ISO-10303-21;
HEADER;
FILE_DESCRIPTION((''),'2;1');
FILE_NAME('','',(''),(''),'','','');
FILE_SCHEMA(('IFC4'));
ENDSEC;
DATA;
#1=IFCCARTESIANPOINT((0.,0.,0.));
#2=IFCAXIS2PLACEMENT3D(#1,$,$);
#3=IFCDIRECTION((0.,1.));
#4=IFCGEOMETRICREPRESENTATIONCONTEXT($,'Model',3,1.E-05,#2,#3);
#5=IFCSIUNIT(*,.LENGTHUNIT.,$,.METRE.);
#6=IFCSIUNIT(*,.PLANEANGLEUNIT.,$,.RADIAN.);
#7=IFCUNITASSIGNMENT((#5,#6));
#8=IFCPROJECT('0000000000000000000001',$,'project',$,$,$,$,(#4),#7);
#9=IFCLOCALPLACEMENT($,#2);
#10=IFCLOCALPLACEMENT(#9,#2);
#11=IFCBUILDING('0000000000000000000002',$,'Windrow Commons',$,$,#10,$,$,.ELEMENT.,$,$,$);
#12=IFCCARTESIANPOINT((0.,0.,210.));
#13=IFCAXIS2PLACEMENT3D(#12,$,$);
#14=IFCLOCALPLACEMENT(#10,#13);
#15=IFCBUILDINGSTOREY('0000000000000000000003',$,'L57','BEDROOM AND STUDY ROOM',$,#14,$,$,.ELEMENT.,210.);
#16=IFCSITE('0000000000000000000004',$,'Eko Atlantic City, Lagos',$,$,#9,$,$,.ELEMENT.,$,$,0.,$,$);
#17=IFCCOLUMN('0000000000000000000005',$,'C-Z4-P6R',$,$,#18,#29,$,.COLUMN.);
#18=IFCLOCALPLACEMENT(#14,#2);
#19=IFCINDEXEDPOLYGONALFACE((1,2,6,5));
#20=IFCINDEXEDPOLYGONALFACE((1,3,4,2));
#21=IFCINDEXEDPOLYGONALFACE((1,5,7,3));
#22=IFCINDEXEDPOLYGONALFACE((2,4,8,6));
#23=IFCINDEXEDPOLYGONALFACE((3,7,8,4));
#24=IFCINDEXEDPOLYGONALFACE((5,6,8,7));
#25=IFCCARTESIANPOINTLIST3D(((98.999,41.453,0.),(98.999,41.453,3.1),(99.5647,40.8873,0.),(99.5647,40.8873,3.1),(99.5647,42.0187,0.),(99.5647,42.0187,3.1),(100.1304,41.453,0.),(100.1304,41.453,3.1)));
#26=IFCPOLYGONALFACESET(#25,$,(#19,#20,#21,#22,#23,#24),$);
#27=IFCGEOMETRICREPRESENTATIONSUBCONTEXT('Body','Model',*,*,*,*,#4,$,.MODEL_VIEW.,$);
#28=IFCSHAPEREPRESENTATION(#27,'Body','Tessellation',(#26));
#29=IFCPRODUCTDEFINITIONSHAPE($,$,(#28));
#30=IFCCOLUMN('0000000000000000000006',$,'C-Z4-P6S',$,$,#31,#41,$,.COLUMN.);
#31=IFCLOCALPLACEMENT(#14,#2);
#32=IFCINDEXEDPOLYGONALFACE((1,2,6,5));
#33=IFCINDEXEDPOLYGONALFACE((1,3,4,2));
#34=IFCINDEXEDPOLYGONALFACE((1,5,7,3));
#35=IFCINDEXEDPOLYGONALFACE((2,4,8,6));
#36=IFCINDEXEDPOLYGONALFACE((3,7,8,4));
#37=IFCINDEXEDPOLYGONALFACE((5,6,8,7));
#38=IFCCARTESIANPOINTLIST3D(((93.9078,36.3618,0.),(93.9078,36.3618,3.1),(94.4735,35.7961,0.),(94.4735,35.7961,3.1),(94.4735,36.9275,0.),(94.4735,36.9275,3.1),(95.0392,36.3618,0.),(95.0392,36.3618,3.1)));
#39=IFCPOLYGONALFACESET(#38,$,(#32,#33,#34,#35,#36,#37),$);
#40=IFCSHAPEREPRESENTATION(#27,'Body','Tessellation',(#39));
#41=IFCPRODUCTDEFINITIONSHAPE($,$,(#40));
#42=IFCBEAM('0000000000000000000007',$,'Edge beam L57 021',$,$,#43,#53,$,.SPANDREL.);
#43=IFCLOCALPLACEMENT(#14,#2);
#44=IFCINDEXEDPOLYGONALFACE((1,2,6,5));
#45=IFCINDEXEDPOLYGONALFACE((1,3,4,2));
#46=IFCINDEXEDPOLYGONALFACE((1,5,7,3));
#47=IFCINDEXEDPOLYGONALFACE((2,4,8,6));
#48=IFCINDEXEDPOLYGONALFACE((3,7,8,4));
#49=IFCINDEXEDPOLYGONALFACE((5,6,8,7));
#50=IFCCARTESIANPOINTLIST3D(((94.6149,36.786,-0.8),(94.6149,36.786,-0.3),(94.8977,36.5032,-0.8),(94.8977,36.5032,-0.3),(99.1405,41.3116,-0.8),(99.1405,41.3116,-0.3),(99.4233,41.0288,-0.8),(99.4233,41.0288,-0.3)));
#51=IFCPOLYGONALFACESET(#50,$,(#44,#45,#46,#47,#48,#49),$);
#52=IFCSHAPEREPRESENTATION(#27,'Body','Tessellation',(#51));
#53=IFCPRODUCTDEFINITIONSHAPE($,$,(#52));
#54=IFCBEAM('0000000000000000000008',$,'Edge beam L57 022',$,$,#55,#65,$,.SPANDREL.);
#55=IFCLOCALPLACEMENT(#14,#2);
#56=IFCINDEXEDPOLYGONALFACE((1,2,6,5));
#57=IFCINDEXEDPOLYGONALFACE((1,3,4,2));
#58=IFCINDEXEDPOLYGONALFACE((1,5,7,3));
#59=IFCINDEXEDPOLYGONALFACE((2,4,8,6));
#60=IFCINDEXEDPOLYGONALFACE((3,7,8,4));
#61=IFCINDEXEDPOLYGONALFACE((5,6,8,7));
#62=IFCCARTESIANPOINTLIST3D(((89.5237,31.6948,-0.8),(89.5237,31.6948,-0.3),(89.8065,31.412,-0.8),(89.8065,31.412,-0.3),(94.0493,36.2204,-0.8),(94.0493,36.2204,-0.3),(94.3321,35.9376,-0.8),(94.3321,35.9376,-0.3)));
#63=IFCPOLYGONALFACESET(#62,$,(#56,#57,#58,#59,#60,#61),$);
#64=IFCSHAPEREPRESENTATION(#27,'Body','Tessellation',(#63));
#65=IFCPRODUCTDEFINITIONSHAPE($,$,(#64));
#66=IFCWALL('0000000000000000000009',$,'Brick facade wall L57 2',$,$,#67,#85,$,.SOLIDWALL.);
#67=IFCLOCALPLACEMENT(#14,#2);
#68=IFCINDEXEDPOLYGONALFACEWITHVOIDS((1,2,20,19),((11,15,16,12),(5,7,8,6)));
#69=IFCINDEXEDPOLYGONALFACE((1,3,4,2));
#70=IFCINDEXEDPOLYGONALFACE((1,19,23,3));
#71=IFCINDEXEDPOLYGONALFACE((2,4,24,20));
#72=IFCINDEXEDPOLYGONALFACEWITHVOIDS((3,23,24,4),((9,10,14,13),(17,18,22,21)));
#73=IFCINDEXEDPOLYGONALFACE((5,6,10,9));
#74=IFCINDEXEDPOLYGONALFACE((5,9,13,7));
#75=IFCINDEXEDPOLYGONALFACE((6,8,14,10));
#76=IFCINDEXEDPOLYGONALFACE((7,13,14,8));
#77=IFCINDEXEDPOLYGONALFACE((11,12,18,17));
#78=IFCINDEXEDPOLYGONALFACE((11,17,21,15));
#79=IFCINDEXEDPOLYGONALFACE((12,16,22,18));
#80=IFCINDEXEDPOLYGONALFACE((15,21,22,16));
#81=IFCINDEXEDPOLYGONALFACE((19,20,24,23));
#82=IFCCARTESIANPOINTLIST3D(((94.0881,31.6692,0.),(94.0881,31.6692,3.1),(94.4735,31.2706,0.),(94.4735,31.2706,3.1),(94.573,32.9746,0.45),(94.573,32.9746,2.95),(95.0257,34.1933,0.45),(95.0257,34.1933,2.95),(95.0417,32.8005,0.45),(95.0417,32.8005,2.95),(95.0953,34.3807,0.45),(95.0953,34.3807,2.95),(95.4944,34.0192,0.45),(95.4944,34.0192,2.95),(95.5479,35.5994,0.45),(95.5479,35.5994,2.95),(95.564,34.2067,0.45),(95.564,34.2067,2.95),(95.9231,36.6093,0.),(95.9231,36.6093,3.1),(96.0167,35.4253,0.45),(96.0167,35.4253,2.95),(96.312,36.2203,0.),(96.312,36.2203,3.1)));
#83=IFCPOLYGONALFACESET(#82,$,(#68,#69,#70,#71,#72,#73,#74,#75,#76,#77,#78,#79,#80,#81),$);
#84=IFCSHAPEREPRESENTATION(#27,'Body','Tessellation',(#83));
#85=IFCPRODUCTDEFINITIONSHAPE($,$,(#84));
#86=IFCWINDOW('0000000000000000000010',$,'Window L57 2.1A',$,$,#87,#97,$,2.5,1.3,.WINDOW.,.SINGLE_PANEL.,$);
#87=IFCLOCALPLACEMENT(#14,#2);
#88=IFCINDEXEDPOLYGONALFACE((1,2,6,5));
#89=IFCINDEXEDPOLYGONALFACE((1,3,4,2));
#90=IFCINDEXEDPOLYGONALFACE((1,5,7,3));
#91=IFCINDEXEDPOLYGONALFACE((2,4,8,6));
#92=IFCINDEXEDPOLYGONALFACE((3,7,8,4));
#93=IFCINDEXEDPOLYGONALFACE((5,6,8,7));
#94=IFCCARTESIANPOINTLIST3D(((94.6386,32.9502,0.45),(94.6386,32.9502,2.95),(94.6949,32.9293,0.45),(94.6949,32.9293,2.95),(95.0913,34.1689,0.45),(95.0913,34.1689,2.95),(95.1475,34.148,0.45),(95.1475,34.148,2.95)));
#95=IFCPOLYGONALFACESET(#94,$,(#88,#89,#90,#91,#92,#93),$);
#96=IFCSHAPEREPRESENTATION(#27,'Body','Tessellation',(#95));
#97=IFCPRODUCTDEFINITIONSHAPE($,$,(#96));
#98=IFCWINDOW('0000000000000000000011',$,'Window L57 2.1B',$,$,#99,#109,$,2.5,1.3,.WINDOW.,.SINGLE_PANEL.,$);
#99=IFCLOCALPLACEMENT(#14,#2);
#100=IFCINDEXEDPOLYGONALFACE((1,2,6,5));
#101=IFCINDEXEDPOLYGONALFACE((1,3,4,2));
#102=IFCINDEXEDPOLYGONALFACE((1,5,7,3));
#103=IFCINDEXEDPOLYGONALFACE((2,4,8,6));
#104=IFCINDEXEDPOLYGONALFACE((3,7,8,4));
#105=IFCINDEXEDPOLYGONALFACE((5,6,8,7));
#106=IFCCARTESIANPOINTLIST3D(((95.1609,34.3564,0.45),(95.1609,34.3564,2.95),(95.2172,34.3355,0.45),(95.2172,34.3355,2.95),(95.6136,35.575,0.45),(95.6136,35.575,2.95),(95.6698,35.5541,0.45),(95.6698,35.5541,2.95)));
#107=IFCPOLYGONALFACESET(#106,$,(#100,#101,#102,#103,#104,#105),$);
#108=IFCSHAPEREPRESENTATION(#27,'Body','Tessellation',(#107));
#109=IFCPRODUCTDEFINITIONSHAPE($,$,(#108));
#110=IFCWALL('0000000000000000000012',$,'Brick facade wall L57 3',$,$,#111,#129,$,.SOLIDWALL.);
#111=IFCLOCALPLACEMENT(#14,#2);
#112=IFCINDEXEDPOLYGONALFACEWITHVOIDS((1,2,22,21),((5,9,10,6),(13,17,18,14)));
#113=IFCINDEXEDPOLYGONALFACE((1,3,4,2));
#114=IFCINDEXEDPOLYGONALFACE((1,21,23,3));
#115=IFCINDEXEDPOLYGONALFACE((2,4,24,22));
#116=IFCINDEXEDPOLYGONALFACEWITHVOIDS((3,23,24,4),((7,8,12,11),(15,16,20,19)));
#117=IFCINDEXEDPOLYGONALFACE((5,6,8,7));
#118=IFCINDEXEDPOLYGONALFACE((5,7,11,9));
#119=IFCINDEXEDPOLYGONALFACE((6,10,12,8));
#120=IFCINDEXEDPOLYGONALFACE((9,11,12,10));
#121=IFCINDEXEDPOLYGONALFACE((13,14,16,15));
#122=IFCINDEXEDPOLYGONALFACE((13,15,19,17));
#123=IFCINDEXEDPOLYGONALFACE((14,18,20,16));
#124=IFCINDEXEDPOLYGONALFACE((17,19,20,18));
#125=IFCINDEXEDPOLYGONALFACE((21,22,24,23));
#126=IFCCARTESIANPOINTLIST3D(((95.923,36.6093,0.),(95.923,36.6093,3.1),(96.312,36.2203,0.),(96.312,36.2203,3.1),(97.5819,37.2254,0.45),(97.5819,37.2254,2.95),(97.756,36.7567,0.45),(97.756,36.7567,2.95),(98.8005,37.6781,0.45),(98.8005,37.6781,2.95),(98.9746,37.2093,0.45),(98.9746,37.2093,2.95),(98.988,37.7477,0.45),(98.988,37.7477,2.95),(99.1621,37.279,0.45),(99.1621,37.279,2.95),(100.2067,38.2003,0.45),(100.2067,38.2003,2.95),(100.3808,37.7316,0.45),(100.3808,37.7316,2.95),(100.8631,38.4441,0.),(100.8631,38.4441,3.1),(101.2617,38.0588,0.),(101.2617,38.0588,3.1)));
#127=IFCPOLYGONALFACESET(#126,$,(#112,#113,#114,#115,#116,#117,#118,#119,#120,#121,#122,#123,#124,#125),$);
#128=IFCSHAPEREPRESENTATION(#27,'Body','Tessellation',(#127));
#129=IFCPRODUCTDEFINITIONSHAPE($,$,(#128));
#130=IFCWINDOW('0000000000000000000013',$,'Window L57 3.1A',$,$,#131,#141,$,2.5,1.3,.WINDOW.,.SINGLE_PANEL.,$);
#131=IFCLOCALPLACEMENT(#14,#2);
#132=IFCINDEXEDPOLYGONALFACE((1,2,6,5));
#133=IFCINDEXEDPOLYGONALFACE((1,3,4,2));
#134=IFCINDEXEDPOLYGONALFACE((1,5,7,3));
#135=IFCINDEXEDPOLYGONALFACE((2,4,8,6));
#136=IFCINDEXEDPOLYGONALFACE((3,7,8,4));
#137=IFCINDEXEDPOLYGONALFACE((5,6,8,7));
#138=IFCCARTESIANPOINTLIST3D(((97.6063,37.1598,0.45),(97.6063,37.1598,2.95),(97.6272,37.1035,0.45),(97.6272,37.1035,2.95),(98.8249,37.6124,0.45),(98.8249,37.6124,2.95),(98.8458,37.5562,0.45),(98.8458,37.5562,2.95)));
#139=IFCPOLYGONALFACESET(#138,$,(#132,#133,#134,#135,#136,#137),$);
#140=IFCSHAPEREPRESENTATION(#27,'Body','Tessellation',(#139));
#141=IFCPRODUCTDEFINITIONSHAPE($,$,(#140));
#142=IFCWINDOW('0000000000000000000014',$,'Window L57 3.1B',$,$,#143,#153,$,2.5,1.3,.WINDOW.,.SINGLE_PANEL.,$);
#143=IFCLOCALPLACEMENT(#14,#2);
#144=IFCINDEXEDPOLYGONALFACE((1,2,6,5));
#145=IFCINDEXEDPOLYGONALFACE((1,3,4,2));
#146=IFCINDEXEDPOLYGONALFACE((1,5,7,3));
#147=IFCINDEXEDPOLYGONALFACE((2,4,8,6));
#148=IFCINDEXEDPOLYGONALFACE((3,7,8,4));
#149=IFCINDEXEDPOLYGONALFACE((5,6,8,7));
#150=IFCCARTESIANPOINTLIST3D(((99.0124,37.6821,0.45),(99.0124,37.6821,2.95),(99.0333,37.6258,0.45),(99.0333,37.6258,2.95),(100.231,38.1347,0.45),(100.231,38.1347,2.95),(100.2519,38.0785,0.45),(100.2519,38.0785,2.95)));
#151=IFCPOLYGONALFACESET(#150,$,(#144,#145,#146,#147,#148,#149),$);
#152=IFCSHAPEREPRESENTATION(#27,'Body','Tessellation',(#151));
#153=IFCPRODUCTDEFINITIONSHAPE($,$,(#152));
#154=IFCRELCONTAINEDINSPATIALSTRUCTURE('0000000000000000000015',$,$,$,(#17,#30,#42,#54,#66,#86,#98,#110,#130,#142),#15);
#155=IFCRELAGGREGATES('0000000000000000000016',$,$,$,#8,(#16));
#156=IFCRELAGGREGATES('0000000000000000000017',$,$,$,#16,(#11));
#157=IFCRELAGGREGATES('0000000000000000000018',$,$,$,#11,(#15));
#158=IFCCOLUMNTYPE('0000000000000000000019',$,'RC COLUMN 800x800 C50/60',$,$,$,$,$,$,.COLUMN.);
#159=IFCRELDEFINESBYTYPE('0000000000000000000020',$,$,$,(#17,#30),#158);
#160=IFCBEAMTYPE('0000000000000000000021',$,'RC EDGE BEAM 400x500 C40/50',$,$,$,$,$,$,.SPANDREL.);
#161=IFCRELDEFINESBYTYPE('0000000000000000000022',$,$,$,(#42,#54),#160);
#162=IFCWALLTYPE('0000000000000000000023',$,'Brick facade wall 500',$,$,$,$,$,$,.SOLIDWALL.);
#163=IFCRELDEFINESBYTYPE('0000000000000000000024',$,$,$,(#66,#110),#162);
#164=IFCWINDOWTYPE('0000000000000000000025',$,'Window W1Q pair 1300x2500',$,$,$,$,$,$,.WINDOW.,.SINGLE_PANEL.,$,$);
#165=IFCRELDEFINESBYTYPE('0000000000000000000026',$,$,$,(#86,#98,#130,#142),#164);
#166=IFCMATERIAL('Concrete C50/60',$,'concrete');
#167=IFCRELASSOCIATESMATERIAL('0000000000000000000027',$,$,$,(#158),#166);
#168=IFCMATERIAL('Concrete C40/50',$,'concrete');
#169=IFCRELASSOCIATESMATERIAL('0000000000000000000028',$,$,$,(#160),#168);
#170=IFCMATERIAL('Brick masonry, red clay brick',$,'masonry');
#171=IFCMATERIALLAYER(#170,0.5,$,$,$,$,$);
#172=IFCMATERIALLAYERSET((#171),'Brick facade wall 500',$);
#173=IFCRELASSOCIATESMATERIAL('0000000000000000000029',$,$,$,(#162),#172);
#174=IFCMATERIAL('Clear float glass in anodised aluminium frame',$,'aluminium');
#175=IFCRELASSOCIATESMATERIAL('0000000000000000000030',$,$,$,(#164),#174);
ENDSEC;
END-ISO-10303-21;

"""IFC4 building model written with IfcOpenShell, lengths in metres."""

from ifc_helpers import new_model, si_unit, direction, frame, frame_2d, origin, origin_2d, place, context, subcontext, project, spatial, polyline, rectangle, outline, extrude, material, layer, layer_set, material_profile, profile_set, type_object, element, fill, save


model = new_model("IFC4")

# Units and contexts
model_context = context("Model", 3, precision=1e-05, world=origin(), true_north=direction((0.0, 1.0)))
body_context = subcontext(model_context, "Body", "Model", "MODEL_VIEW")
ifc_project = project(units=[si_unit("LENGTHUNIT", "METRE"), si_unit("PLANEANGLEUNIT", "RADIAN")], contexts=[model_context])

# Site, building, storey
site_placement = place(None, origin())
site = spatial("IfcSite", under=ifc_project, at=site_placement, Name="Eko Atlantic City, Lagos", CompositionType="ELEMENT", RefElevation=0.0)
building_placement = place(site_placement, origin())
building = spatial("IfcBuilding", under=site, at=building_placement, Name="Windrow Commons", CompositionType="ELEMENT")
storey_placement = place(building_placement, frame((0.0, 0.0, 210.0)))
storey = spatial("IfcBuildingStorey", under=building, at=storey_placement, Name="L57", Description="BEDROOM AND STUDY ROOM", CompositionType="ELEMENT", Elevation=210.0)

# Columns
ifc_material_1 = material(Name="Concrete C50/60", Category="concrete")
ifc_material_profile_1 = material_profile(ifc_material_1, rectangle(XDim=0.8, YDim=0.8, at=origin_2d()))
ifc_profile_set_1 = profile_set([ifc_material_profile_1], Name="Concrete C50/60")
column_type = type_object("IfcColumnType", Name="RC COLUMN 800x800 C50/60", PredefinedType="COLUMN", material=ifc_profile_set_1)
for number, where, z_axis, x_axis, name in (
    (1, (99.5647, 41.453, 0.0), (0.0, 0.0, 1.0), (0.707107, -0.707107, 0.0), "C-Z4-P6R"),
    (2, (94.4735, 36.3618, 0.0), (0.0, 0.0, 1.0), (0.707107, -0.707107, 0.0), "C-Z4-P6S"),
):
    element("IfcColumn", number, at=place(storey_placement, frame(where, z_axis=z_axis, x_axis=x_axis)), inside=storey, type_object=column_type, Name=name, PredefinedType="COLUMN", context=body_context, shape_type="SweptSolid", body=[
        extrude(rectangle(XDim=0.8, YDim=0.8, at=origin_2d()), origin(), (0.0, 0.0, 1.0), 3.1),
    ])

# Beams
ifc_material_2 = material(Name="Concrete C40/50", Category="concrete")
ifc_material_profile_2 = material_profile(ifc_material_2, rectangle(XDim=0.4, YDim=0.5, at=origin_2d()))
ifc_profile_set_2 = profile_set([ifc_material_profile_2], Name="Concrete C40/50")
beam_type = type_object("IfcBeamType", Name="RC EDGE BEAM 400x500 C40/50", PredefinedType="SPANDREL", material=ifc_profile_set_2)
for number, where, z_axis, x_axis, name in (
    (3, (99.2819, 41.1702, -0.55), (-0.707107, -0.707107, 0.0), (0.707107, -0.707107, 0.0), "Edge beam L57 021"),
    (4, (94.1907, 36.079, -0.55), (-0.707107, -0.707107, 0.0), (0.707107, -0.707107, 0.0), "Edge beam L57 022"),
):
    element("IfcBeam", number, at=place(storey_placement, frame(where, z_axis=z_axis, x_axis=x_axis)), inside=storey, type_object=beam_type, Name=name, PredefinedType="SPANDREL", context=body_context, shape_type="SweptSolid", body=[
        extrude(rectangle(XDim=0.4, YDim=0.5, at=origin_2d()), origin(), (0.0, 0.0, 1.0), 6.4002),
    ])

# Walls, openings, windows
ifc_material_3 = material(Name="Brick masonry, red clay brick", Category="masonry")
ifc_layer_1 = layer(ifc_material_3, 0.5)
ifc_layer_set_1 = layer_set([ifc_layer_1], Name="Brick facade wall 500")
wall_type_1 = type_object("IfcWallType", Name="Brick facade wall 500", PredefinedType="SOLIDWALL", material=ifc_layer_set_1)
wall_1_placement = place(storey_placement, frame((94.2808, 31.4699, 0.0), z_axis=(0.0, 0.0, 1.0), x_axis=(0.34819, 0.937424, 0.0)))
wall_1 = element("IfcWall", 5, at=wall_1_placement, inside=storey, type_object=wall_type_1, Name="Brick facade wall L57 2", PredefinedType="SOLIDWALL", context=body_context, shape_type="SweptSolid", body=[
    extrude(outline(polyline([(-0.1197, -0.25), (5.1604, -0.25), (5.3896, 0.25), (0.1197, 0.25), (-0.1197, -0.25)])), origin(), (0.0, 0.0, 1.0), 3.1),
])
opening_1_placement = place(wall_1_placement, frame((1.5123, 0.0, 0.45)))
opening_1 = element("IfcOpeningElement", 6, at=opening_1_placement, cuts=wall_1, PredefinedType="OPENING", context=body_context, shape_type="SweptSolid", body=[
    extrude(rectangle(XDim=1.3, YDim=2.5, at=frame_2d((0.65, 1.25))), frame((0.0, 0.26, 0.0), z_axis=(0.0, -1.0, 0.0), x_axis=(1.0, 0.0, 0.0)), (0.0, 0.0, 1.0), 0.52),
])
opening_2_placement = place(wall_1_placement, frame((3.0123, 0.0, 0.45)))
opening_2 = element("IfcOpeningElement", 7, at=opening_2_placement, cuts=wall_1, PredefinedType="OPENING", context=body_context, shape_type="SweptSolid", body=[
    extrude(rectangle(XDim=1.3, YDim=2.5, at=frame_2d((0.65, 1.25))), frame((0.0, 0.26, 0.0), z_axis=(0.0, -1.0, 0.0), x_axis=(1.0, 0.0, 0.0)), (0.0, 0.0, 1.0), 0.52),
])
ifc_material_4 = material(Name="Clear float glass in anodised aluminium frame", Category="aluminium")
window_type = type_object("IfcWindowType", Name="Window W1Q pair 1300x2500", PartitioningType="SINGLE_PANEL", PredefinedType="WINDOW", material=ifc_material_4)
window_1_placement = place(opening_1_placement, origin())
window_1 = element("IfcWindow", 8, at=window_1_placement, inside=storey, type_object=window_type, Name="Window L57 2.1A", OverallHeight=2.5, OverallWidth=1.3, PartitioningType="SINGLE_PANEL", PredefinedType="WINDOW", context=body_context, shape_type="SweptSolid", body=[
    extrude(rectangle(XDim=1.3, YDim=2.5, at=frame_2d((0.65, 1.25))), frame((0.0, 0.18, 0.0), z_axis=(0.0, -1.0, 0.0), x_axis=(1.0, 0.0, 0.0)), (0.0, 0.0, 1.0), 0.06),
])
fill(opening_1, window_1)
window_2_placement = place(opening_2_placement, origin())
window_2 = element("IfcWindow", 9, at=window_2_placement, inside=storey, type_object=window_type, Name="Window L57 2.1B", OverallHeight=2.5, OverallWidth=1.3, PartitioningType="SINGLE_PANEL", PredefinedType="WINDOW", context=body_context, shape_type="SweptSolid", body=[
    extrude(rectangle(XDim=1.3, YDim=2.5, at=frame_2d((0.65, 1.25))), frame((0.0, 0.18, 0.0), z_axis=(0.0, -1.0, 0.0), x_axis=(1.0, 0.0, 0.0)), (0.0, 0.0, 1.0), 0.06),
])
fill(opening_2, window_2)
wall_2_placement = place(storey_placement, frame((96.1175, 36.4148, 0.0), z_axis=(0.0, 0.0, 1.0), x_axis=(0.937424, 0.34819, 0.0)))
wall_2 = element("IfcWall", 10, at=wall_2_placement, inside=storey, type_object=wall_type_1, Name="Brick facade wall L57 3", PredefinedType="SOLIDWALL", context=body_context, shape_type="SweptSolid", body=[
    extrude(outline(polyline([(0.1146, -0.25), (5.3947, -0.25), (5.1552, 0.25), (-0.1146, 0.25), (0.1146, -0.25)])), origin(), (0.0, 0.0, 1.0), 3.1),
])
opening_3_placement = place(wall_2_placement, frame((1.655, 0.0, 0.45)))
opening_3 = element("IfcOpeningElement", 11, at=opening_3_placement, cuts=wall_2, PredefinedType="OPENING", context=body_context, shape_type="SweptSolid", body=[
    extrude(rectangle(XDim=1.3, YDim=2.5, at=frame_2d((0.65, 1.25))), frame((0.0, 0.26, 0.0), z_axis=(0.0, -1.0, 0.0), x_axis=(1.0, 0.0, 0.0)), (0.0, 0.0, 1.0), 0.52),
])
opening_4_placement = place(wall_2_placement, frame((3.155, 0.0, 0.45)))
opening_4 = element("IfcOpeningElement", 12, at=opening_4_placement, cuts=wall_2, PredefinedType="OPENING", context=body_context, shape_type="SweptSolid", body=[
    extrude(rectangle(XDim=1.3, YDim=2.5, at=frame_2d((0.65, 1.25))), frame((0.0, 0.26, 0.0), z_axis=(0.0, -1.0, 0.0), x_axis=(1.0, 0.0, 0.0)), (0.0, 0.0, 1.0), 0.52),
])
window_3_placement = place(opening_3_placement, origin())
window_3 = element("IfcWindow", 13, at=window_3_placement, inside=storey, type_object=window_type, Name="Window L57 3.1A", OverallHeight=2.5, OverallWidth=1.3, PartitioningType="SINGLE_PANEL", PredefinedType="WINDOW", context=body_context, shape_type="SweptSolid", body=[
    extrude(rectangle(XDim=1.3, YDim=2.5, at=frame_2d((0.65, 1.25))), frame((0.0, 0.18, 0.0), z_axis=(0.0, -1.0, 0.0), x_axis=(1.0, 0.0, 0.0)), (0.0, 0.0, 1.0), 0.06),
])
fill(opening_3, window_3)
window_4_placement = place(opening_4_placement, origin())
window_4 = element("IfcWindow", 14, at=window_4_placement, inside=storey, type_object=window_type, Name="Window L57 3.1B", OverallHeight=2.5, OverallWidth=1.3, PartitioningType="SINGLE_PANEL", PredefinedType="WINDOW", context=body_context, shape_type="SweptSolid", body=[
    extrude(rectangle(XDim=1.3, YDim=2.5, at=frame_2d((0.65, 1.25))), frame((0.0, 0.18, 0.0), z_axis=(0.0, -1.0, 0.0), x_axis=(1.0, 0.0, 0.0)), (0.0, 0.0, 1.0), 0.06),
])
fill(opening_4, window_4)

save(model, "model.ifc")
